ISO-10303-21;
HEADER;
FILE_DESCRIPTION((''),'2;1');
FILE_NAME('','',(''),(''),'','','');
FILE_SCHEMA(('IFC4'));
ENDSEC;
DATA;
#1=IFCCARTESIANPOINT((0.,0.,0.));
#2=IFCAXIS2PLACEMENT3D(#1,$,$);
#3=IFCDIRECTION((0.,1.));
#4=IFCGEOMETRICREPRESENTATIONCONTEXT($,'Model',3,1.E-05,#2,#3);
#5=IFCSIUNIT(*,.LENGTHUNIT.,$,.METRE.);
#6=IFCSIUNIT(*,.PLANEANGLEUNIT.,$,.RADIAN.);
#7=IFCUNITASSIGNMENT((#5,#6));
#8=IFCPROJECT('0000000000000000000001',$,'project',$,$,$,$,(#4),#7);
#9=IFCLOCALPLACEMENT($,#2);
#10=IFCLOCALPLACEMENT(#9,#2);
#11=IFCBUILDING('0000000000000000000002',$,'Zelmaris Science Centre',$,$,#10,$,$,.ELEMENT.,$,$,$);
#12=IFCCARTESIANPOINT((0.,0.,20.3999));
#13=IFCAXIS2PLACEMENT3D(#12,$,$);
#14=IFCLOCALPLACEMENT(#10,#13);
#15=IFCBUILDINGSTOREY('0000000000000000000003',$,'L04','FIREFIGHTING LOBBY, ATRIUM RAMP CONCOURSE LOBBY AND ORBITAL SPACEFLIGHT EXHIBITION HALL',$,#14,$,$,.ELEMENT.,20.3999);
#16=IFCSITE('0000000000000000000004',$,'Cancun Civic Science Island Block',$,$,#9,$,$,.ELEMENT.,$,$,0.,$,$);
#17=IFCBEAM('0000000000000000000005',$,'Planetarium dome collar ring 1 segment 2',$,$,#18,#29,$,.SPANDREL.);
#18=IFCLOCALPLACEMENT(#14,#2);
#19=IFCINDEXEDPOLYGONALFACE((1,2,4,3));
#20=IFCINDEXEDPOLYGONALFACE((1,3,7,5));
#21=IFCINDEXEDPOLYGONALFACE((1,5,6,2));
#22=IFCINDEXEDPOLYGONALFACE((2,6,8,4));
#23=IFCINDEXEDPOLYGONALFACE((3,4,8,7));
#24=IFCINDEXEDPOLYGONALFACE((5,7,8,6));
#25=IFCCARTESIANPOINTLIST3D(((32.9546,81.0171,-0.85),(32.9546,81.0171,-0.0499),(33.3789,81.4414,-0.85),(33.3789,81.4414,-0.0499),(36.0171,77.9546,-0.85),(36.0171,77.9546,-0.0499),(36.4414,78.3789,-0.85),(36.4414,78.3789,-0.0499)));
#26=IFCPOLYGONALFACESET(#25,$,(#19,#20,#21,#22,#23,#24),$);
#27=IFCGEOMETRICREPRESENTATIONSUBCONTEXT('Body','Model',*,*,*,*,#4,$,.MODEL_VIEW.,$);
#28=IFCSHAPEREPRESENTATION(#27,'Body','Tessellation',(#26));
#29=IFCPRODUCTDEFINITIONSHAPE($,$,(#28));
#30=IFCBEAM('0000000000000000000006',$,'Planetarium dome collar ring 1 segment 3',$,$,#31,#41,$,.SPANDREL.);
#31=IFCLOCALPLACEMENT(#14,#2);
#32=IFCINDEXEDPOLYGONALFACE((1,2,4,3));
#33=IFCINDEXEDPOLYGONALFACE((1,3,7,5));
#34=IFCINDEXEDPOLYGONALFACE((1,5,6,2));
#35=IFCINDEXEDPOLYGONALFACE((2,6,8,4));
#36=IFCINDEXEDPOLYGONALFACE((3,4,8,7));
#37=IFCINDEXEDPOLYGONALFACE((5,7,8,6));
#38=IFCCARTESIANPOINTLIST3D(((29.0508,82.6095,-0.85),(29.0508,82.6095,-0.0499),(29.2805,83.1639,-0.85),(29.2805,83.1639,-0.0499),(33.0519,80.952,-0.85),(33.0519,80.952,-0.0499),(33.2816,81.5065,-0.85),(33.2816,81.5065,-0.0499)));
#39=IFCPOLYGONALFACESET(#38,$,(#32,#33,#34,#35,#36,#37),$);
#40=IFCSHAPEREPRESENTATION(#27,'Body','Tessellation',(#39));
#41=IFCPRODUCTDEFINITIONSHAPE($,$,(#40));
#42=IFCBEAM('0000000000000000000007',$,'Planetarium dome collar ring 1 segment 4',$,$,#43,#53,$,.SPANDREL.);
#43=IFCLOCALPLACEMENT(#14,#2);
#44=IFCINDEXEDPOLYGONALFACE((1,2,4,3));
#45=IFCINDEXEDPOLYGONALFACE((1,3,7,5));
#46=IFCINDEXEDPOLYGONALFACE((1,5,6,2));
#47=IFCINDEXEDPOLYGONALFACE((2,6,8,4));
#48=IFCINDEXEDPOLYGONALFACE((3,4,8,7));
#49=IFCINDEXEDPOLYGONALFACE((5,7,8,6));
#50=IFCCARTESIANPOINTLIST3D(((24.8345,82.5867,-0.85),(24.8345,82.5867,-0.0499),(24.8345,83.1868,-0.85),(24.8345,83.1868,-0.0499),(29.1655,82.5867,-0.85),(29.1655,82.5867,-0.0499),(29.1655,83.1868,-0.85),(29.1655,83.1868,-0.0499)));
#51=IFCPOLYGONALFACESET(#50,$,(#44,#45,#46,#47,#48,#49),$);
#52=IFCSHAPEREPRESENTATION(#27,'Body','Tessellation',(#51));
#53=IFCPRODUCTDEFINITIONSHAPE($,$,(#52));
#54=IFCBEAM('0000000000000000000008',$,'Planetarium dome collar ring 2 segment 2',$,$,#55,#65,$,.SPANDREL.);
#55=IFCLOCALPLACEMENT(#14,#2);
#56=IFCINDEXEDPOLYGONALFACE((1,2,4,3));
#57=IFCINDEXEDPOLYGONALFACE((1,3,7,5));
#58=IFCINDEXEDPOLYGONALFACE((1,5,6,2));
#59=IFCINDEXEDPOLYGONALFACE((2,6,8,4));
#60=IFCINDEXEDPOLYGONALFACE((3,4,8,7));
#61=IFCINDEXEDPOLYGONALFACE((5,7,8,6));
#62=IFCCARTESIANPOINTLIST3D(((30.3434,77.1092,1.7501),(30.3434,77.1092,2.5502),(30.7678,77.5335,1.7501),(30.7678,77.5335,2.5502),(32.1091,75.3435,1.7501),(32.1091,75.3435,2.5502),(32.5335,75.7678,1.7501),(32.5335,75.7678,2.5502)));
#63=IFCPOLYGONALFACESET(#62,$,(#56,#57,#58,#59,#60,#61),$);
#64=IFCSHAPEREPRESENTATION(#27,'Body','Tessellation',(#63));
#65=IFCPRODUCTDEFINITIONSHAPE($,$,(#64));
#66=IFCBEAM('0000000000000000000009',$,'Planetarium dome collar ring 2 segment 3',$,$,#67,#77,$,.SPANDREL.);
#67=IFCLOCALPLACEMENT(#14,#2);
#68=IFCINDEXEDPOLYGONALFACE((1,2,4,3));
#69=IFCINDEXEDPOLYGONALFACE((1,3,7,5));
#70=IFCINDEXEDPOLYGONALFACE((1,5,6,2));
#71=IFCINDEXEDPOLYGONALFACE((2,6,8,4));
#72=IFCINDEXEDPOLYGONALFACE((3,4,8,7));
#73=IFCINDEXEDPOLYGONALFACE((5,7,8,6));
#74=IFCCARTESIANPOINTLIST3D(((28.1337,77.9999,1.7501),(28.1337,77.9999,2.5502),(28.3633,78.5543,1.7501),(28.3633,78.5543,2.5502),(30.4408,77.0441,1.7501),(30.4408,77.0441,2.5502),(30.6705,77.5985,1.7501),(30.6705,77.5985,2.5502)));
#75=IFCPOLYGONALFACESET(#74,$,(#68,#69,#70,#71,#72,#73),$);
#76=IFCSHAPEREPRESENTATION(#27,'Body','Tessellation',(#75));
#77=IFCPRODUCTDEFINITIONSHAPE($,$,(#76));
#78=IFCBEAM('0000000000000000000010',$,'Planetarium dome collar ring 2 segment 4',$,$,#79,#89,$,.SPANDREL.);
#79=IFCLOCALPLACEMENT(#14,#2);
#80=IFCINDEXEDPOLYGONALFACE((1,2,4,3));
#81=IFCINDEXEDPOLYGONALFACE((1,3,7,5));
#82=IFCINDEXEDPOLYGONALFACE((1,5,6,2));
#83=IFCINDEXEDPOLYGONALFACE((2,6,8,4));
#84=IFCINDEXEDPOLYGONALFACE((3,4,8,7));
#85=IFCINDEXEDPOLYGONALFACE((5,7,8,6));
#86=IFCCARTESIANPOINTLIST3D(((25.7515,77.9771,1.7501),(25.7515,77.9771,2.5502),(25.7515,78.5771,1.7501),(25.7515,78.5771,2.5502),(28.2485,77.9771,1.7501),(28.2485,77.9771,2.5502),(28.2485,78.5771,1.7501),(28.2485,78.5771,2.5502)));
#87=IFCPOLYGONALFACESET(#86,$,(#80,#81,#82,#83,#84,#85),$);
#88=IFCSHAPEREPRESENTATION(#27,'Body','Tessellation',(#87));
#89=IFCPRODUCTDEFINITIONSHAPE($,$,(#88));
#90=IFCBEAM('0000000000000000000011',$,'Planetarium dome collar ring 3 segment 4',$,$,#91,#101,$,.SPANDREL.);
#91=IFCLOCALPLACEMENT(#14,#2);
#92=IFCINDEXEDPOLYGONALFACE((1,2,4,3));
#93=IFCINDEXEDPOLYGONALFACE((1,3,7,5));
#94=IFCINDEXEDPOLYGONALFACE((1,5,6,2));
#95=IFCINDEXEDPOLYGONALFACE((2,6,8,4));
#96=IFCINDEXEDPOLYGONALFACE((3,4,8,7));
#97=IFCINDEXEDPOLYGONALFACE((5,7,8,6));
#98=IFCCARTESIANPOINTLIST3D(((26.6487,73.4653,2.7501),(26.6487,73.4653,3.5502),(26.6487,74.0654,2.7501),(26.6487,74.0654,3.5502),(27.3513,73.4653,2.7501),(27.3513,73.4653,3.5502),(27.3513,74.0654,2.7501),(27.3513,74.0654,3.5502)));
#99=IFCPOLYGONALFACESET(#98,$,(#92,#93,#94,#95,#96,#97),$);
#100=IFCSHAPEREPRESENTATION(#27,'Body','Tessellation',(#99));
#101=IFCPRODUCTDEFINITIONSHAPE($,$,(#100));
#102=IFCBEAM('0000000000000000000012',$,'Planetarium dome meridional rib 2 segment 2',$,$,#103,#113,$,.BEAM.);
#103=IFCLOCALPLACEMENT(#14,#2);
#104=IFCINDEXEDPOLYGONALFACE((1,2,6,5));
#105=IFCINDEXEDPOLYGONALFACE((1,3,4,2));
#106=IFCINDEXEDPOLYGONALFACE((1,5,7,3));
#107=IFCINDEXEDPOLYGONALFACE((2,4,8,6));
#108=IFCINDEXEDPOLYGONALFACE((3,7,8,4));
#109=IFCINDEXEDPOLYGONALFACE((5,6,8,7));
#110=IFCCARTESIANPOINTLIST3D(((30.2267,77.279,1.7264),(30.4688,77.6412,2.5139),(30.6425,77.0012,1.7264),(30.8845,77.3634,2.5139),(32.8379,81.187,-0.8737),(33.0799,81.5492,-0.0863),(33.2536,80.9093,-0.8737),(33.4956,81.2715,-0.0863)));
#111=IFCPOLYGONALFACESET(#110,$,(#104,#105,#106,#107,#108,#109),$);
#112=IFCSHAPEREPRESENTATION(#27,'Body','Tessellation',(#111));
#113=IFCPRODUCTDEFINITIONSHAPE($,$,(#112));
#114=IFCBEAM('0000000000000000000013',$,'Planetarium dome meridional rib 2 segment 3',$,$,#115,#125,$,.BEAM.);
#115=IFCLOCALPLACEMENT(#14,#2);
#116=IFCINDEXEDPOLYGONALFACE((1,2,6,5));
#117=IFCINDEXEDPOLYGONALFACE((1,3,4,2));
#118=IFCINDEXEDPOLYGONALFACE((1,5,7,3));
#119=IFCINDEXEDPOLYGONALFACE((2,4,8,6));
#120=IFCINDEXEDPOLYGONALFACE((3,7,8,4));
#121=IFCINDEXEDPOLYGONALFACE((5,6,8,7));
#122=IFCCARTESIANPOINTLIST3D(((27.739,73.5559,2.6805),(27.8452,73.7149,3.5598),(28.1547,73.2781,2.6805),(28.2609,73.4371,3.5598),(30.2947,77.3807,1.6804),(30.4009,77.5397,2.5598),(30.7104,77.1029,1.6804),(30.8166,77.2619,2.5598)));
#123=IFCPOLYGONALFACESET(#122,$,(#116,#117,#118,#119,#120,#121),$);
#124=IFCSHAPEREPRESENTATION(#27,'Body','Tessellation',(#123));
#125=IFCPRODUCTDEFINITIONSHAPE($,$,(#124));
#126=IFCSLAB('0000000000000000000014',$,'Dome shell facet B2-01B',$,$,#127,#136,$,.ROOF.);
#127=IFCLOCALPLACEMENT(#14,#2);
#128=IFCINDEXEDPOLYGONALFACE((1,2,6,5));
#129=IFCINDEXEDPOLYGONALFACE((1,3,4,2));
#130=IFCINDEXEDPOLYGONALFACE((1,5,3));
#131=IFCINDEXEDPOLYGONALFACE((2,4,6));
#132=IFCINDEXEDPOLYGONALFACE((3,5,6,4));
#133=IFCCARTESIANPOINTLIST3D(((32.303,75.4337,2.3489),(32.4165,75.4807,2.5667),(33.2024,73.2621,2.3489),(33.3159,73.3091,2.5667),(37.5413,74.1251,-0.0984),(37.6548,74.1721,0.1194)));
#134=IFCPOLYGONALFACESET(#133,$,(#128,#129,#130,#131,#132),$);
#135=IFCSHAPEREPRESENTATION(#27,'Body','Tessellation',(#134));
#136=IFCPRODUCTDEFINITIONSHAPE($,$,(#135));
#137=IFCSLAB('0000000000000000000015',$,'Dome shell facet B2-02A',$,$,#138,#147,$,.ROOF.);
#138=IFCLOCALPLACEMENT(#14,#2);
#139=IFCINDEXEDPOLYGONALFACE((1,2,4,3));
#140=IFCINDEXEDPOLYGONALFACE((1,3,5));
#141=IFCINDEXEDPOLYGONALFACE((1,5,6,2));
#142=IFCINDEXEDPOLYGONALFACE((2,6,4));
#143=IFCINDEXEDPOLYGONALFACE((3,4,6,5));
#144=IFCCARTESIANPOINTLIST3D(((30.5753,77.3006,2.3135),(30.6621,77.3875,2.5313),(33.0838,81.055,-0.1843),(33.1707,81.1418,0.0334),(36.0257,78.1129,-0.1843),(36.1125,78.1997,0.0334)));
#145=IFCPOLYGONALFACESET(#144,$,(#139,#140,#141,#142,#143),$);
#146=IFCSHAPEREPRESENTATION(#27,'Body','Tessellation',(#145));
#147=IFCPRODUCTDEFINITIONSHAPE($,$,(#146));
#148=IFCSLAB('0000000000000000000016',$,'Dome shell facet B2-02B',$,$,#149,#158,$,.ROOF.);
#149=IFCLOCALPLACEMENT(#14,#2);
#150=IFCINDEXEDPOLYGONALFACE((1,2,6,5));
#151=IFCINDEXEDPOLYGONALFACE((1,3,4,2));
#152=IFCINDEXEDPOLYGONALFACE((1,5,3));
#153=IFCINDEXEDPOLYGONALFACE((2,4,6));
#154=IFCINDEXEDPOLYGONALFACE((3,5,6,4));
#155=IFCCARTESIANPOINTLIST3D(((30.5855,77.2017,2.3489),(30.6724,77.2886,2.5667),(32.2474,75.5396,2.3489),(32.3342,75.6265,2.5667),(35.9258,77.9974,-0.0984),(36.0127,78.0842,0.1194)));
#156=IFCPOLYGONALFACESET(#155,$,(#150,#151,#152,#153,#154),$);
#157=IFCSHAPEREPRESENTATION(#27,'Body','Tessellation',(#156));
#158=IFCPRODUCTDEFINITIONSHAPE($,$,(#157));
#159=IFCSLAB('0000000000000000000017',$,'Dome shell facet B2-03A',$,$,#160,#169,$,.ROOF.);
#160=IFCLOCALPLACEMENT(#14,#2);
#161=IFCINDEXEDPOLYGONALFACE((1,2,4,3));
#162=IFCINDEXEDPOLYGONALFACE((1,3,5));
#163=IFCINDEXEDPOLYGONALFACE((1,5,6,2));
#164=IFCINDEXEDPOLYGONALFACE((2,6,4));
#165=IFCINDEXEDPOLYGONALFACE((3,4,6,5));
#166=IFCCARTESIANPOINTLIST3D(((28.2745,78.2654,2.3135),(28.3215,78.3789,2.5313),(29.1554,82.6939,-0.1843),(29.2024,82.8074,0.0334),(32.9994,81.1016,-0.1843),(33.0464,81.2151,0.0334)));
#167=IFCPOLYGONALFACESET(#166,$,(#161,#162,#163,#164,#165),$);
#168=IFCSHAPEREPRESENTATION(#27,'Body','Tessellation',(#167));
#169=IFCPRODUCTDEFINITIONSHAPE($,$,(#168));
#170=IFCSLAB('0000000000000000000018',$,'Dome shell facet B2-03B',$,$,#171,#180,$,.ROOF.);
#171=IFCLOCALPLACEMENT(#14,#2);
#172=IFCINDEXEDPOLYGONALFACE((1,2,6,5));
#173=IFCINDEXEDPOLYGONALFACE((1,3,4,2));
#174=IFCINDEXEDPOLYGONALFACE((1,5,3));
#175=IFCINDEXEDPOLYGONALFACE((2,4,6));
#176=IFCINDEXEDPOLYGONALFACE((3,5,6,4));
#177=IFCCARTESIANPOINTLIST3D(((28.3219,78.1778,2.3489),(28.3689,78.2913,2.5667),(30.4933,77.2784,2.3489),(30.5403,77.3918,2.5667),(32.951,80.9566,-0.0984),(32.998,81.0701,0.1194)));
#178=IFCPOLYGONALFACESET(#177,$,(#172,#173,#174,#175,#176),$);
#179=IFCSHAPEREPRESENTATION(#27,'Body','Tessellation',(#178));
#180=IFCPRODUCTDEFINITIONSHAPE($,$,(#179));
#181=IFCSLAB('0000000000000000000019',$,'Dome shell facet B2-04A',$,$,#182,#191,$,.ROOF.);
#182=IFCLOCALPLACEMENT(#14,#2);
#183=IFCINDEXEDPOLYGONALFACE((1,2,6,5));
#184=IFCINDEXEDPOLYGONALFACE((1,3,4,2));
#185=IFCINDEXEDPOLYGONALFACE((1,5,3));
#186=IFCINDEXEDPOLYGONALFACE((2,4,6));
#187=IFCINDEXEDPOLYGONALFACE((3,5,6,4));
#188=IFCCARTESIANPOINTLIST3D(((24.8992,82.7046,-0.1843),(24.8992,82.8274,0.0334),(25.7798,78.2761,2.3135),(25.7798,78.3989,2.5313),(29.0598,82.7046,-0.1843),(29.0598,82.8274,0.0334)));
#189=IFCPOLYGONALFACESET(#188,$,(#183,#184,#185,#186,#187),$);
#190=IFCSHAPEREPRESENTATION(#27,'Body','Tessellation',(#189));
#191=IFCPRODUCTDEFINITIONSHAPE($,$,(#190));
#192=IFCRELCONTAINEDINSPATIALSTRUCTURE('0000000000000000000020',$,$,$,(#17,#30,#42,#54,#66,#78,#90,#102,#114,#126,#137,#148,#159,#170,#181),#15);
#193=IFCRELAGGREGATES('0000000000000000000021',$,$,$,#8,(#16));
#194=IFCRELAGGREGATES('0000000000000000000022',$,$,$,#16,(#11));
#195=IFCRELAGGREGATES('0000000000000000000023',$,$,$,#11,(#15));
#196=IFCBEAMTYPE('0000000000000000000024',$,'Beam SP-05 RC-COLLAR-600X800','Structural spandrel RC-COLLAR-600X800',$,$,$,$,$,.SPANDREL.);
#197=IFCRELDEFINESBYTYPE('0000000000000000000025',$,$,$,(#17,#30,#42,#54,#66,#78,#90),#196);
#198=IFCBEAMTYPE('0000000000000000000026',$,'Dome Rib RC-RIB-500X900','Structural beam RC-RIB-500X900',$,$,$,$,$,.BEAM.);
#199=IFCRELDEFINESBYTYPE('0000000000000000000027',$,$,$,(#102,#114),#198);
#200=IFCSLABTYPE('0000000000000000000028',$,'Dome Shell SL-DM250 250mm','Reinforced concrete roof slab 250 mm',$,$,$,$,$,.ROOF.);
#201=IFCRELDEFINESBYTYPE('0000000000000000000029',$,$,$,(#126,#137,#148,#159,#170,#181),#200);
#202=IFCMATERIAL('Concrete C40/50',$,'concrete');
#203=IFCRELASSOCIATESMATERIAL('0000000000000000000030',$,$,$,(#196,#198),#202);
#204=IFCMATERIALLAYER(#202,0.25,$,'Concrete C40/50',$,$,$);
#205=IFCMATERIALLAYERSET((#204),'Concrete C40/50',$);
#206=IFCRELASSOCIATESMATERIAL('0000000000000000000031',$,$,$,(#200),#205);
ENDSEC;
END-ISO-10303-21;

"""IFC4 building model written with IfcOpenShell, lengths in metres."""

from ifc_helpers import new_model, si_unit, direction, frame, origin, origin_2d, place, context, subcontext, project, spatial, polyline, rectangle, outline, extrude, material, layer, layer_set, material_profile, profile_set, type_object, element, save


model = new_model("IFC4")

# Units and contexts
model_context = context("Model", 3, precision=1e-05, world=origin(), true_north=direction((0.0, 1.0)))
body_context = subcontext(model_context, "Body", "Model", "MODEL_VIEW")
ifc_project = project(units=[si_unit("LENGTHUNIT", "METRE"), si_unit("PLANEANGLEUNIT", "RADIAN")], contexts=[model_context])

# Site, building, storey
site_placement = place(None, origin())
site = spatial("IfcSite", under=ifc_project, at=site_placement, Name="Cancun Civic Science Island Block", CompositionType="ELEMENT", RefElevation=0.0)
building_placement = place(site_placement, origin())
building = spatial("IfcBuilding", under=site, at=building_placement, Name="Zelmaris Science Centre", CompositionType="ELEMENT")
storey_placement = place(building_placement, frame((0.0, 0.0, 20.3999)))
storey = spatial("IfcBuildingStorey", under=building, at=storey_placement, Name="L04", Description="FIREFIGHTING LOBBY, ATRIUM RAMP CONCOURSE LOBBY AND ORBITAL SPACEFLIGHT EXHIBITION HALL", CompositionType="ELEMENT", Elevation=20.3999)

# Beams
ifc_material = material(Name="Concrete C40/50", Category="concrete")
ifc_material_profile_1 = material_profile(ifc_material, rectangle(XDim=0.6001, YDim=0.8, at=origin_2d()), Name="RC-COLLAR-600X800")
ifc_profile_set_1 = profile_set([ifc_material_profile_1], Name="Concrete C40/50")
beam_type_1 = type_object("IfcBeamType", Name="Beam SP-05 RC-COLLAR-600X800", Description="Structural spandrel RC-COLLAR-600X800", PredefinedType="SPANDREL", material=ifc_profile_set_1)
beam_1_placement = place(storey_placement, frame((36.2292, 78.1667, -0.45), z_axis=(-0.707107, 0.707107, 0.0), x_axis=(-0.707107, -0.707107, 0.0)))
element("IfcBeam", 1, at=beam_1_placement, inside=storey, type_object=beam_type_1, Name="Planetarium dome collar ring 1 segment 2", PredefinedType="SPANDREL", context=body_context, shape_type="SweptSolid", body=[
    extrude(rectangle(XDim=0.6001, YDim=0.8, at=origin_2d()), origin(), (0.0, 0.0, 1.0), 4.3311),
])
beam_2_placement = place(storey_placement, frame((33.1667, 81.2292, -0.45), z_axis=(-0.92387, 0.382705, 0.0), x_axis=(-0.382705, -0.92387, 0.0)))
element("IfcBeam", 2, at=beam_2_placement, inside=storey, type_object=beam_type_1, Name="Planetarium dome collar ring 1 segment 3", PredefinedType="SPANDREL", context=body_context, shape_type="SweptSolid", body=[
    extrude(rectangle(XDim=0.6001, YDim=0.8, at=origin_2d()), origin(), (0.0, 0.0, 1.0), 4.3308),
])
beam_3_placement = place(storey_placement, frame((29.1655, 82.8867, -0.45), z_axis=(-1.0, 0.0, 0.0), x_axis=(0.0, -1.0, 0.0)))
element("IfcBeam", 3, at=beam_3_placement, inside=storey, type_object=beam_type_1, Name="Planetarium dome collar ring 1 segment 4", PredefinedType="SPANDREL", context=body_context, shape_type="SweptSolid", body=[
    extrude(rectangle(XDim=0.6001, YDim=0.8, at=origin_2d()), origin(), (0.0, 0.0, 1.0), 4.3311),
])
beam_4_placement = place(storey_placement, frame((32.3213, 75.5557, 2.1501), z_axis=(-0.707107, 0.707107, 0.0), x_axis=(-0.707107, -0.707107, 0.0)))
element("IfcBeam", 4, at=beam_4_placement, inside=storey, type_object=beam_type_1, Name="Planetarium dome collar ring 2 segment 2", PredefinedType="SPANDREL", context=body_context, shape_type="SweptSolid", body=[
    extrude(rectangle(XDim=0.6001, YDim=0.8, at=origin_2d()), origin(), (0.0, 0.0, 1.0), 2.4971),
])
beam_5_placement = place(storey_placement, frame((30.5557, 77.3213, 2.1501), z_axis=(-0.923856, 0.38274, 0.0), x_axis=(-0.38274, -0.923856, 0.0)))
element("IfcBeam", 5, at=beam_5_placement, inside=storey, type_object=beam_type_1, Name="Planetarium dome collar ring 2 segment 3", PredefinedType="SPANDREL", context=body_context, shape_type="SweptSolid", body=[
    extrude(rectangle(XDim=0.6001, YDim=0.8, at=origin_2d()), origin(), (0.0, 0.0, 1.0), 2.4973),
])
beam_6_placement = place(storey_placement, frame((28.2485, 78.2771, 2.1501), z_axis=(-1.0, 0.0, 0.0), x_axis=(0.0, -1.0, 0.0)))
element("IfcBeam", 6, at=beam_6_placement, inside=storey, type_object=beam_type_1, Name="Planetarium dome collar ring 2 segment 4", PredefinedType="SPANDREL", context=body_context, shape_type="SweptSolid", body=[
    extrude(rectangle(XDim=0.6001, YDim=0.8, at=origin_2d()), origin(), (0.0, 0.0, 1.0), 2.4971),
])
beam_7_placement = place(storey_placement, frame((27.3513, 73.7654, 3.1501), z_axis=(-1.0, 0.0, 0.0), x_axis=(0.0, -1.0, 0.0)))
element("IfcBeam", 7, at=beam_7_placement, inside=storey, type_object=beam_type_1, Name="Planetarium dome collar ring 3 segment 4", PredefinedType="SPANDREL", context=body_context, shape_type="SweptSolid", body=[
    extrude(rectangle(XDim=0.6001, YDim=0.8, at=origin_2d()), origin(), (0.0, 0.0, 1.0), 0.7026),
])
ifc_material_profile_2 = material_profile(ifc_material, rectangle(XDim=0.5, YDim=0.8999, at=origin_2d()), Name="RC-RIB-500X900")
ifc_profile_set_2 = profile_set([ifc_material_profile_2], Name="Concrete C40/50")
beam_type_2 = type_object("IfcBeamType", Name="Dome Rib RC-RIB-500X900", Description="Structural beam RC-RIB-500X900", PredefinedType="BEAM", material=ifc_profile_set_2)
beam_8_placement = place(storey_placement, frame((33.1667, 81.2292, -0.48), z_axis=(-0.486122, -0.727569, 0.484076), x_axis=(0.831482, -0.555551, 0.0)))
element("IfcBeam", 8, at=beam_8_placement, inside=storey, type_object=beam_type_2, Name="Planetarium dome meridional rib 2 segment 2", PredefinedType="BEAM", context=body_context, shape_type="SweptSolid", body=[
    extrude(rectangle(XDim=0.5, YDim=0.8999, at=origin_2d()), origin(), (0.0, 0.0, 1.0), 5.3713),
])
beam_9_placement = place(storey_placement, frame((30.5557, 77.3213, 2.1201), z_axis=(-0.542901, -0.812485, 0.212431), x_axis=(0.831462, -0.555582, 0.0)))
element("IfcBeam", 9, at=beam_9_placement, inside=storey, type_object=beam_type_2, Name="Planetarium dome meridional rib 2 segment 3", PredefinedType="BEAM", context=body_context, shape_type="SweptSolid", body=[
    extrude(rectangle(XDim=0.5, YDim=0.8999, at=origin_2d()), origin(), (0.0, 0.0, 1.0), 4.7075),
])

# Slabs
ifc_layer = layer(ifc_material, 0.25, Name="Concrete C40/50")
ifc_layer_set = layer_set([ifc_layer], Name="Concrete C40/50")
slab_type = type_object("IfcSlabType", Name="Dome Shell SL-DM250 250mm", Description="Reinforced concrete roof slab 250 mm", PredefinedType="ROOF", material=ifc_layer_set)
slab_1_placement = place(storey_placement, frame((37.6548, 74.1721, 0.1194), z_axis=(0.453885, 0.187983, 0.871006), x_axis=(-0.883652, 0.220748, 0.412832)))
element("IfcSlab", 10, at=slab_1_placement, inside=storey, type_object=slab_type, Name="Dome shell facet B2-01B", PredefinedType="ROOF", context=body_context, shape_type="SweptSolid", body=[
    extrude(outline(polyline([(0.0, 0.0), (5.928, 0.0), (4.6538, 1.9752), (0.0, 0.0)])), origin(), (0.0, 0.0, -1.0), 0.25),
])
slab_2_placement = place(storey_placement, frame((36.1125, 78.1997, 0.0334), z_axis=(0.347395, 0.347366, 0.871007), x_axis=(-0.707077, 0.707136, 0.0)))
element("IfcSlab", 11, at=slab_2_placement, inside=storey, type_object=slab_type, Name="Dome shell facet B2-02A", PredefinedType="ROOF", context=body_context, shape_type="SweptSolid", body=[
    extrude(outline(polyline([(0.0, 0.0), (4.1606, 0.0), (3.2795, 5.0844), (0.0, 0.0)])), origin(), (0.0, 0.0, -1.0), 0.25),
])
slab_3_placement = place(storey_placement, frame((36.0127, 78.0842, 0.1194), z_axis=(0.3474, 0.347349, 0.871012), x_axis=(-0.900864, -0.134219, 0.412831)))
element("IfcSlab", 12, at=slab_3_placement, inside=storey, type_object=slab_type, Name="Dome shell facet B2-02B", PredefinedType="ROOF", context=body_context, shape_type="SweptSolid", body=[
    extrude(outline(polyline([(0.0, 0.0), (5.928, 0.0), (4.654, 1.9752), (0.0, 0.0)])), origin(), (0.0, 0.0, -1.0), 0.25),
])
slab_4_placement = place(storey_placement, frame((33.0464, 81.2151, 0.0334), z_axis=(0.188009, 0.453878, 0.871003), x_axis=(-0.923875, 0.382694, 0.0)))
element("IfcSlab", 13, at=slab_4_placement, inside=storey, type_object=slab_type, Name="Dome shell facet B2-03A", PredefinedType="ROOF", context=body_context, shape_type="SweptSolid", body=[
    extrude(outline(polyline([(0.0, 0.0), (4.1607, 0.0), (3.2798, 5.0843), (0.0, 0.0)])), origin(), (0.0, 0.0, -1.0), 0.25),
])
slab_5_placement = place(storey_placement, frame((32.998, 81.0701, 0.1194), z_axis=(0.188005, 0.453887, 0.871), x_axis=(-0.78091, -0.468768, 0.412839)))
element("IfcSlab", 14, at=slab_5_placement, inside=storey, type_object=slab_type, Name="Dome shell facet B2-03B", PredefinedType="ROOF", context=body_context, shape_type="SweptSolid", body=[
    extrude(outline(polyline([(0.0, 0.0), (5.9279, 0.0), (4.6539, 1.975), (0.0, 0.0)])), origin(), (0.0, 0.0, -1.0), 0.25),
])
slab_6_placement = place(storey_placement, frame((29.0598, 82.8274, 0.0334), z_axis=(0.0, 0.491275, 0.871004), x_axis=(-1.0, 0.0, 0.0)))
element("IfcSlab", 15, at=slab_6_placement, inside=storey, type_object=slab_type, Name="Dome shell facet B2-04A", PredefinedType="ROOF", context=body_context, shape_type="SweptSolid", body=[
    extrude(outline(polyline([(0.0, 0.0), (4.1606, 0.0), (3.28, 5.0843), (0.0, 0.0)])), origin(), (0.0, 0.0, -1.0), 0.25),
])

save(model, "model.ifc")
